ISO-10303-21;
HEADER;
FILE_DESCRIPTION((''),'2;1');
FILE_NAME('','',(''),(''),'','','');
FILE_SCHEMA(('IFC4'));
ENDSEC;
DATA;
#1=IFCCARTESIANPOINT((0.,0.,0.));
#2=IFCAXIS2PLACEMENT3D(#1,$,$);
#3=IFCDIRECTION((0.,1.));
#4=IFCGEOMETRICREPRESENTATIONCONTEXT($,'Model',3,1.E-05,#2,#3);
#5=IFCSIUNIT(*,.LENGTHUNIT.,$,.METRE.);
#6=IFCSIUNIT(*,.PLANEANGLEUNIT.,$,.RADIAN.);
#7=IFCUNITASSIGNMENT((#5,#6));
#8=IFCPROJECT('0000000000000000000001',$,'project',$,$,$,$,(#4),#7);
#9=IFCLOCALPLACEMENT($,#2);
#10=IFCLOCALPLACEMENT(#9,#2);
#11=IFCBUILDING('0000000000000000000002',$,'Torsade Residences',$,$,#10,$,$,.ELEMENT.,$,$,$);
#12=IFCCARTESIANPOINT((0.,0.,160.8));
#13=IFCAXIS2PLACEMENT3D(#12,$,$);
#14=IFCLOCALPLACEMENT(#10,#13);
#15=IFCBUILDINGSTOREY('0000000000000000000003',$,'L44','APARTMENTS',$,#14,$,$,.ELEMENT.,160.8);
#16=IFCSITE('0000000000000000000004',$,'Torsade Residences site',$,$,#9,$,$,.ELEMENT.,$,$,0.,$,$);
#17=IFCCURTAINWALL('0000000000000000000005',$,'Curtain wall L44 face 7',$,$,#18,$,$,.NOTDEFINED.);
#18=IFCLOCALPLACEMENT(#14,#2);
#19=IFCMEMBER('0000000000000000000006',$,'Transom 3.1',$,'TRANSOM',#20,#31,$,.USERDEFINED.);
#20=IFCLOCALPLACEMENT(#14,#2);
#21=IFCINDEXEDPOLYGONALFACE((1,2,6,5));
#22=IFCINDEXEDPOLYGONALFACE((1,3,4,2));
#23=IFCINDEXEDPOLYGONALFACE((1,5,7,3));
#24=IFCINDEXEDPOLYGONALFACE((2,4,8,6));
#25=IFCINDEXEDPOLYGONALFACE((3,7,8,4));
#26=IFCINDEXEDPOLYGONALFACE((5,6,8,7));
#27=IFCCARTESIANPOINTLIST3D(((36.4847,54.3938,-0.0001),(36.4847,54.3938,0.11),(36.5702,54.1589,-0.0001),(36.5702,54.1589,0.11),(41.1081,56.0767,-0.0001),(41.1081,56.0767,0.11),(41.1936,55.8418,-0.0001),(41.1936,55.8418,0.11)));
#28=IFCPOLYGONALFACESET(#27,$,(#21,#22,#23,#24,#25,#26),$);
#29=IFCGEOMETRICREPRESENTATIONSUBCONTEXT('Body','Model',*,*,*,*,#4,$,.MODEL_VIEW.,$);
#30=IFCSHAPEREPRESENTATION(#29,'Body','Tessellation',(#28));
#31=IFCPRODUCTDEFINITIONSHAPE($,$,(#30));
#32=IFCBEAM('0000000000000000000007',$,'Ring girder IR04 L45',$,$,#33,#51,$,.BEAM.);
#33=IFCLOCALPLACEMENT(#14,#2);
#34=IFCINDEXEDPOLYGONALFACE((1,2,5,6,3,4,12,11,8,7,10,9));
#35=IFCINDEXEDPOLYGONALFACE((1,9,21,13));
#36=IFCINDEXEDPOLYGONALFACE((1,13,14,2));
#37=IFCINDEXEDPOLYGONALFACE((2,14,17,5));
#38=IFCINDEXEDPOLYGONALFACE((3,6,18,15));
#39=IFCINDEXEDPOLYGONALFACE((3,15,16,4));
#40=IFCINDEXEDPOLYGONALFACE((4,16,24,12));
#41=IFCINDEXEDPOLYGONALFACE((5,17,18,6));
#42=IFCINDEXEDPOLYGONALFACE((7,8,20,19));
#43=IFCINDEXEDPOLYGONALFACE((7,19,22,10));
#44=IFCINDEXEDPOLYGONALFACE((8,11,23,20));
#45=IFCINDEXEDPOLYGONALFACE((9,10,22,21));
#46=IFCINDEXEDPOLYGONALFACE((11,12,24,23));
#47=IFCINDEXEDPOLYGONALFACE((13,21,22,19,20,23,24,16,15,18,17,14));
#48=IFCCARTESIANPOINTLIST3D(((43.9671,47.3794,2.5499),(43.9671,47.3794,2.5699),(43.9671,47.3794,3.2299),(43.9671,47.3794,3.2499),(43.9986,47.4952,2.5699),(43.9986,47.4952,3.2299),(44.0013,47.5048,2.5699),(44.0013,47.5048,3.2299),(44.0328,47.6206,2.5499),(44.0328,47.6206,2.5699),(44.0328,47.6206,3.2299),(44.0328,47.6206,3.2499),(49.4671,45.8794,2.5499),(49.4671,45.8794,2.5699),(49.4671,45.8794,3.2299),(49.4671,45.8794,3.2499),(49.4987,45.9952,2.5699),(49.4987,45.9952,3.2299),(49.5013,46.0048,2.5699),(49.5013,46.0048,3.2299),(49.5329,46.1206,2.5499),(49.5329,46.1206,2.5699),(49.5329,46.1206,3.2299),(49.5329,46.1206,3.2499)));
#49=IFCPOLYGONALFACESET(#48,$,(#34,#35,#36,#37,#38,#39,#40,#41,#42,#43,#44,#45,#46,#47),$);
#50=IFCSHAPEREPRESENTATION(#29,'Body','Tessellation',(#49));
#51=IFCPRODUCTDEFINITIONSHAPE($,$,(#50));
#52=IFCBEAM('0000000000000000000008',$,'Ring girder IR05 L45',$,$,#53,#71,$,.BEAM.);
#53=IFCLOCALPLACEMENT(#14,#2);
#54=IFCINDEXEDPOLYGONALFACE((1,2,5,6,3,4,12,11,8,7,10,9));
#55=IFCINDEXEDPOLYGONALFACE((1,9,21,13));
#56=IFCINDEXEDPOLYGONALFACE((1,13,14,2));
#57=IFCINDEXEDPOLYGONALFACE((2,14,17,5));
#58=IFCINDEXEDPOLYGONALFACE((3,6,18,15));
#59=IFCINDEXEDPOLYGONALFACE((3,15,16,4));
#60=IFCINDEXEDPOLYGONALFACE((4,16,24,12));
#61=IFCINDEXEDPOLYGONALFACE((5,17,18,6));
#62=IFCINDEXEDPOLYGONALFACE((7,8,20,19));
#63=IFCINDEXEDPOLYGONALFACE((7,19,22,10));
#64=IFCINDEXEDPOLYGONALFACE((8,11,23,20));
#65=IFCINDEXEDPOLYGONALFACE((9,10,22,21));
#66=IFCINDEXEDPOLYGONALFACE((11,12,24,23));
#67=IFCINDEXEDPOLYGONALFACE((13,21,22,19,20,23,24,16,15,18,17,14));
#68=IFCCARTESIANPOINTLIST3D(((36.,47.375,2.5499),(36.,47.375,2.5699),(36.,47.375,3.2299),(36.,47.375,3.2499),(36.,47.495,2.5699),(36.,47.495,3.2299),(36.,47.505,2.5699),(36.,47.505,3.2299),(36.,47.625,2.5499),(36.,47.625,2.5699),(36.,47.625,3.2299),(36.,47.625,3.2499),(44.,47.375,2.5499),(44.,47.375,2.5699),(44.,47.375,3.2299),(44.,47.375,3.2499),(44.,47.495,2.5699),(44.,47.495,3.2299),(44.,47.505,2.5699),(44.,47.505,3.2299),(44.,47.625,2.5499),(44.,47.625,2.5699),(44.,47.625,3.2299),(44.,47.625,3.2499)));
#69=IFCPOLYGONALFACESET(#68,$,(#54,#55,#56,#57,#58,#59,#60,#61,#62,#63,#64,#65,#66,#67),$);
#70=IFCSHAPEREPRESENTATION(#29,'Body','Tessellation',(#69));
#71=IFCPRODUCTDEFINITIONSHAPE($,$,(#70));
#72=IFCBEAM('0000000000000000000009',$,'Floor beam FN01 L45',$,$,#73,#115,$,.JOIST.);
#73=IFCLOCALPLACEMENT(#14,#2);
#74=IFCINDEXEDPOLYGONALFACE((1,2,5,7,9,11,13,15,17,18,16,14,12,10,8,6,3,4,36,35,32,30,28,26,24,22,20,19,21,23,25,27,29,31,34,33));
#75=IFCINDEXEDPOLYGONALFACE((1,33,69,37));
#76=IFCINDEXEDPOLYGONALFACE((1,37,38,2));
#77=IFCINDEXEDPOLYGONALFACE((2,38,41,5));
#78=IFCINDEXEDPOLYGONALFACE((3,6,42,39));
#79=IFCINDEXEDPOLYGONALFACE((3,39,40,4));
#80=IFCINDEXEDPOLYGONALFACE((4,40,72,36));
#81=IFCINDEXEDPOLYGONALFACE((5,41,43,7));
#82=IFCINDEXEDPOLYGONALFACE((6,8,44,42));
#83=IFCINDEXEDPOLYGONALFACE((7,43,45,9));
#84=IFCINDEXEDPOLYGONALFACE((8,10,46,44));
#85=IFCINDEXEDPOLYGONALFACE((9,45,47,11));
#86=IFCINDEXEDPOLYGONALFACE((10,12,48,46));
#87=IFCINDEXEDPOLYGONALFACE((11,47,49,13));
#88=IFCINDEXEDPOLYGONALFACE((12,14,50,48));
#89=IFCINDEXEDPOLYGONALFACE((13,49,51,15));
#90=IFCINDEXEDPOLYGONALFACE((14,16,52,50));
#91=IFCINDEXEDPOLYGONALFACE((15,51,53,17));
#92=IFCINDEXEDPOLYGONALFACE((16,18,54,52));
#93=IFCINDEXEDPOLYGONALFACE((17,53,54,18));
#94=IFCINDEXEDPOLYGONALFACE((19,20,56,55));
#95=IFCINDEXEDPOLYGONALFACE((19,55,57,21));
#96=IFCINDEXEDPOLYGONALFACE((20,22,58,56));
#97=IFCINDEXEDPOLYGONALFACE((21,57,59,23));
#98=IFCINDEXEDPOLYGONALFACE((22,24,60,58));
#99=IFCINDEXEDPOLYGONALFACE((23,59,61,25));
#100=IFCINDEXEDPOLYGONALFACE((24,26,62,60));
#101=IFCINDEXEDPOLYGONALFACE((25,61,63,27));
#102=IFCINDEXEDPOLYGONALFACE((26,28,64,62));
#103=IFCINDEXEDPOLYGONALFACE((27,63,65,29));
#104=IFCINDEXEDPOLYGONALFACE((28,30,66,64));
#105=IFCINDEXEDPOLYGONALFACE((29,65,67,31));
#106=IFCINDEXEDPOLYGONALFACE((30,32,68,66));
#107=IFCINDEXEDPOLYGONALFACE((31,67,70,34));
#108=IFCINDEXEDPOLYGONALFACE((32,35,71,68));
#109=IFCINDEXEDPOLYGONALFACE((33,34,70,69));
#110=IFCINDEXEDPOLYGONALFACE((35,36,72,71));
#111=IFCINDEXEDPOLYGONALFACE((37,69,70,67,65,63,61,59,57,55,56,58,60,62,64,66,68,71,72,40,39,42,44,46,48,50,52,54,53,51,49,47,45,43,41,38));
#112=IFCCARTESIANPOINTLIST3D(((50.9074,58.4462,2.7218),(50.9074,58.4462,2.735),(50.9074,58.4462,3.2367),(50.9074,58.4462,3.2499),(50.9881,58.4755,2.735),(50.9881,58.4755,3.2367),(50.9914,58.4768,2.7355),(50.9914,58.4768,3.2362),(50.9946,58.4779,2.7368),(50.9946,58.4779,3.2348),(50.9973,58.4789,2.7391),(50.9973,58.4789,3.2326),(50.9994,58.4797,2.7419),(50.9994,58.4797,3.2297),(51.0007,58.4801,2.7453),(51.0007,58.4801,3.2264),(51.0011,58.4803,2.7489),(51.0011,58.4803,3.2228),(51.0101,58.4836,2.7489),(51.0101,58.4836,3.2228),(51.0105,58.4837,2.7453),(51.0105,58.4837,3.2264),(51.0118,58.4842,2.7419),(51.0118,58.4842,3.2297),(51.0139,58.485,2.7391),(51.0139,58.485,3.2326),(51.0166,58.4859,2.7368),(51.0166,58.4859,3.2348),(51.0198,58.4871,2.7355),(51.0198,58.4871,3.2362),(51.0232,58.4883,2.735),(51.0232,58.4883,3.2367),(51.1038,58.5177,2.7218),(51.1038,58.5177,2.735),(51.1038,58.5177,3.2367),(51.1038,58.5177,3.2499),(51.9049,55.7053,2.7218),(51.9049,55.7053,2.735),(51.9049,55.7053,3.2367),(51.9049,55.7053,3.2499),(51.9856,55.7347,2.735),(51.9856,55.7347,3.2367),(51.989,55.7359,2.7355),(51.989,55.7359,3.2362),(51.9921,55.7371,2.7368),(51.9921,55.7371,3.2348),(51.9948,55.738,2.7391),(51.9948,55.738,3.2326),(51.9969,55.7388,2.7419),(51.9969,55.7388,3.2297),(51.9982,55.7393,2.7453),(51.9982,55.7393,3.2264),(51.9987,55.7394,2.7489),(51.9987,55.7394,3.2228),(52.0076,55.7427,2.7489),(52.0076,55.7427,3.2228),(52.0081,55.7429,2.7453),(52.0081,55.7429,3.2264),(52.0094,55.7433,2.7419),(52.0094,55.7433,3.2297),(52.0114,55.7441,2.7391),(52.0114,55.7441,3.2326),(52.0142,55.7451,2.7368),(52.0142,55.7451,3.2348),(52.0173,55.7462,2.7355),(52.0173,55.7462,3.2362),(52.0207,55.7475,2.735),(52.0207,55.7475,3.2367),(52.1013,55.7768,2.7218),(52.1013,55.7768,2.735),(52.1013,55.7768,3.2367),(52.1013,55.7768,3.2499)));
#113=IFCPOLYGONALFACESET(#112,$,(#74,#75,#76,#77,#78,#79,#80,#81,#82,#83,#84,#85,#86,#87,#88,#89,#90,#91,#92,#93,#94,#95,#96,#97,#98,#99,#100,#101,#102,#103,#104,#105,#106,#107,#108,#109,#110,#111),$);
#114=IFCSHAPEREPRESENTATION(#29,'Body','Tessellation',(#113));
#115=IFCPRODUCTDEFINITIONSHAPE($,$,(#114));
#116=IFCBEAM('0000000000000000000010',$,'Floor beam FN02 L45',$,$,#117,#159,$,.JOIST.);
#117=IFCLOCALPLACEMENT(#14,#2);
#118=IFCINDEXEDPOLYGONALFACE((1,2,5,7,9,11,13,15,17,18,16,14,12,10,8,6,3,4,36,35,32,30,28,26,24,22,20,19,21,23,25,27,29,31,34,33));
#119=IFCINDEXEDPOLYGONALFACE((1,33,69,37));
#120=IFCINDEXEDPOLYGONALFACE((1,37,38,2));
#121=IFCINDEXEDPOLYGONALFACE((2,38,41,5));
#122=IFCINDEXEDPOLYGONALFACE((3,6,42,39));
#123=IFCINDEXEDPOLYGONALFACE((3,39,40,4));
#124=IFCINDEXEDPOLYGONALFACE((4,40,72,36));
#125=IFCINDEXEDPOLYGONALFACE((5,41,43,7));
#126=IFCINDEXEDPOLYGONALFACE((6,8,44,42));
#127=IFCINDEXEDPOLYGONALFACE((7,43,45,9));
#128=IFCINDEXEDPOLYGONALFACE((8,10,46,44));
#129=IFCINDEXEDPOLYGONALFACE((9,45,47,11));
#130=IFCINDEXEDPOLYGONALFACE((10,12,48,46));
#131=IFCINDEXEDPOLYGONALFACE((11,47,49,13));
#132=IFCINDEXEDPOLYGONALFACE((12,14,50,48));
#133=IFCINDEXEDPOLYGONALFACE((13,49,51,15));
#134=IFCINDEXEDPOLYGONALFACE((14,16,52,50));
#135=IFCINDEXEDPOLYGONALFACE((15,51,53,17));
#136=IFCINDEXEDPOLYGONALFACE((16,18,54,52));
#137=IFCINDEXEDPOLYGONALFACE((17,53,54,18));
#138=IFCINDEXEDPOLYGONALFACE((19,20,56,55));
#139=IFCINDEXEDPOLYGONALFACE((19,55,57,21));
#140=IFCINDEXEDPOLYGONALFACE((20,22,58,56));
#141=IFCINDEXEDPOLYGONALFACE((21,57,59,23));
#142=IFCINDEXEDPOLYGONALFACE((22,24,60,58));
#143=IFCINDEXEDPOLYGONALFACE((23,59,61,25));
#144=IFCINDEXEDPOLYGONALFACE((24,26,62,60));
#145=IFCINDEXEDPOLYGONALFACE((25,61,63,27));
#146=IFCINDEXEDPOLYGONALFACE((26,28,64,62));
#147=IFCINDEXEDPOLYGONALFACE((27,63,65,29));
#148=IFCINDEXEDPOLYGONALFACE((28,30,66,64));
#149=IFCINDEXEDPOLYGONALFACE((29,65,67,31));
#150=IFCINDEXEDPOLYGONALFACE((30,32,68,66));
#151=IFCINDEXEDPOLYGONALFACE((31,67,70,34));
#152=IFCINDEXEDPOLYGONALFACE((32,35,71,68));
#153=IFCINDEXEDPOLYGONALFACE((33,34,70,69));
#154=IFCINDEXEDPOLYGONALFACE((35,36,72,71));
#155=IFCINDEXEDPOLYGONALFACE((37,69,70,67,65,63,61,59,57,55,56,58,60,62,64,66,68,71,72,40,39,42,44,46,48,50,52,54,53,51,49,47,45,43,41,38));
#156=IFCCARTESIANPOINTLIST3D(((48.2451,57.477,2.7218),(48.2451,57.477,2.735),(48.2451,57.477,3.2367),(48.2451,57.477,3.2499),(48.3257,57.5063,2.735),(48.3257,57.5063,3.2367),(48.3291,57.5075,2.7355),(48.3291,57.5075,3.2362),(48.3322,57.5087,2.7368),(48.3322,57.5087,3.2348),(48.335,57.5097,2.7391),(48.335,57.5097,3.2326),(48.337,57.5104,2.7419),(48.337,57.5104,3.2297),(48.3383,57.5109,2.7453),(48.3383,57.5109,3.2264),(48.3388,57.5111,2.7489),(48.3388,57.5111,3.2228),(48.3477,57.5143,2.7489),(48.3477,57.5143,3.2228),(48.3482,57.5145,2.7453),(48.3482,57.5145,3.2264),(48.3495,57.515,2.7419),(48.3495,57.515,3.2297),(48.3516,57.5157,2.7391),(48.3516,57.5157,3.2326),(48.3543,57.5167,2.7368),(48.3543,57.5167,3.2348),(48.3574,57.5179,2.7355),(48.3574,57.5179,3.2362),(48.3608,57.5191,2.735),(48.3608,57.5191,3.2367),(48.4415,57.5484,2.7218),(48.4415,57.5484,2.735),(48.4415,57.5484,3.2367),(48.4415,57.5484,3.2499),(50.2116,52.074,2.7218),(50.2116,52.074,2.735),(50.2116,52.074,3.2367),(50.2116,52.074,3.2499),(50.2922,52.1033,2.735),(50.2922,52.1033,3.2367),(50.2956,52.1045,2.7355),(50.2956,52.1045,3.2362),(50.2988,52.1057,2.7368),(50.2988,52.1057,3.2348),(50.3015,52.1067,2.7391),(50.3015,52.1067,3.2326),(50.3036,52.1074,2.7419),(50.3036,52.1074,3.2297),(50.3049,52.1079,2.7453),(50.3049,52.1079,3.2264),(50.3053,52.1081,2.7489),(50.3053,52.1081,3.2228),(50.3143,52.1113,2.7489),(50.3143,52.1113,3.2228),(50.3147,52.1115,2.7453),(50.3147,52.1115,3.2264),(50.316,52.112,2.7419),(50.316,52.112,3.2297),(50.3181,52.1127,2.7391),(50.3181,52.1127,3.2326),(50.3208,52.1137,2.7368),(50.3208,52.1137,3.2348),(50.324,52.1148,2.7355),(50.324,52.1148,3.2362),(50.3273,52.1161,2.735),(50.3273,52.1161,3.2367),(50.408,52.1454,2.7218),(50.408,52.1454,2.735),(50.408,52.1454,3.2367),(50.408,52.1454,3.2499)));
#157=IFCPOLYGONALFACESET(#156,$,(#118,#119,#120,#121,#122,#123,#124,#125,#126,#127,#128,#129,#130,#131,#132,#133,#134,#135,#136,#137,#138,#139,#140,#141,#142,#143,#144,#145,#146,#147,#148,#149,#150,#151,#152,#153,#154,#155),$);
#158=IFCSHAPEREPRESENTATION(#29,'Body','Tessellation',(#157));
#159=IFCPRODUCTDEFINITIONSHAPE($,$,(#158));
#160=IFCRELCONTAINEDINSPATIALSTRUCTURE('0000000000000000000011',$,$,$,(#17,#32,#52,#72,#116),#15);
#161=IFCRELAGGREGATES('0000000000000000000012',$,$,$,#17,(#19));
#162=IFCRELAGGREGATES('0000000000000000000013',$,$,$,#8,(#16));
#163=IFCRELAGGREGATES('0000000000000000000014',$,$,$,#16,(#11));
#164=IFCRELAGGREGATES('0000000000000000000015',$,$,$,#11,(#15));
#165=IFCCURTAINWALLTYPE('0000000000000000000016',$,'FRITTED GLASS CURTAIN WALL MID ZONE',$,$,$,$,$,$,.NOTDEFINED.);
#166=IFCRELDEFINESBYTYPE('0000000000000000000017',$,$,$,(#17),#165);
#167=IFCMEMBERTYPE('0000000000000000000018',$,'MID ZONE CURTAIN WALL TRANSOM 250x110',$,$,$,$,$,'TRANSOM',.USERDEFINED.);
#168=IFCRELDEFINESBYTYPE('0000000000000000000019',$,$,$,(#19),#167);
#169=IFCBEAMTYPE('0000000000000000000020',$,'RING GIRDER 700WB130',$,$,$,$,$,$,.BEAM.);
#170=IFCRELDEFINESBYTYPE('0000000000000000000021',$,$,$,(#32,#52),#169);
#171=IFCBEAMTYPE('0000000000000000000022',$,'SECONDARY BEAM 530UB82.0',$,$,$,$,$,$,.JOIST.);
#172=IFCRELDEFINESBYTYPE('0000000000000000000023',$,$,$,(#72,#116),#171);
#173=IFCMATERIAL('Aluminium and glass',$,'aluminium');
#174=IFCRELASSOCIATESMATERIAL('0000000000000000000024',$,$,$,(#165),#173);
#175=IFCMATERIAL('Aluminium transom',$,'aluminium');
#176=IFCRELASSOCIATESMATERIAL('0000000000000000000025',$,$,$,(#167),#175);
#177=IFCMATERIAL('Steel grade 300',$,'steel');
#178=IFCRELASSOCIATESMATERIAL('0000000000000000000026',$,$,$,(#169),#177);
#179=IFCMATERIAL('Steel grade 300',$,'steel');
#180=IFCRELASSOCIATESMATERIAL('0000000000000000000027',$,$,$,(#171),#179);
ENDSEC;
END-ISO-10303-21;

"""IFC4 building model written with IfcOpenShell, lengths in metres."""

from ifc_helpers import new_model, si_unit, direction, frame, origin, origin_2d, place, context, subcontext, project, spatial, rectangle, i_section, extrude, material, material_profile, profile_set, type_object, element, aggregate, save


model = new_model("IFC4")

# Units and contexts
model_context = context("Model", 3, precision=1e-05, world=origin(), true_north=direction((0.0, 1.0)))
body_context = subcontext(model_context, "Body", "Model", "MODEL_VIEW")
ifc_project = project(units=[si_unit("LENGTHUNIT", "METRE"), si_unit("PLANEANGLEUNIT", "RADIAN")], contexts=[model_context])

# Site, building, storey
site_placement = place(None, origin())
site = spatial("IfcSite", under=ifc_project, at=site_placement, Name="Torsade Residences site", CompositionType="ELEMENT", RefElevation=0.0)
building_placement = place(site_placement, origin())
building = spatial("IfcBuilding", under=site, at=building_placement, Name="Torsade Residences", CompositionType="ELEMENT")
storey_placement = place(building_placement, frame((0.0, 0.0, 160.8)))
storey = spatial("IfcBuildingStorey", under=building, at=storey_placement, Name="L44", Description="APARTMENTS", CompositionType="ELEMENT", Elevation=160.8)

# Curtain wall, member
ifc_material_1 = material(Name="Aluminium and glass", Category="aluminium")
curtain_wall_type = type_object("IfcCurtainWallType", Name="FRITTED GLASS CURTAIN WALL MID ZONE", PredefinedType="NOTDEFINED", material=ifc_material_1)
curtain_wall_placement = place(storey_placement, origin())
curtain_wall = element("IfcCurtainWall", 1, at=curtain_wall_placement, inside=storey, type_object=curtain_wall_type, Name="Curtain wall L44 face 7", PredefinedType="NOTDEFINED")
ifc_material_2 = material(Name="Aluminium transom", Category="aluminium")
ifc_material_profile_1 = material_profile(ifc_material_2, rectangle(XDim=0.25, YDim=0.1101, at=origin_2d()), Name="MID ZONE CURTAIN WALL TRANSOM 250x110")
ifc_profile_set_1 = profile_set([ifc_material_profile_1], Name="Aluminium transom")
member_type_1 = type_object("IfcMemberType", Name="MID ZONE CURTAIN WALL TRANSOM 250x110", ElementType="TRANSOM", PredefinedType="USERDEFINED", material=ifc_profile_set_1)
member_1_placement = place(storey_placement, frame((41.1509, 55.9592, 0.0549), z_axis=(-0.939685, -0.342042, 0.0), x_axis=(0.342042, -0.939685, 0.0)))
member_1 = element("IfcMember", 2, at=member_1_placement, type_object=member_type_1, Name="Transom 3.1", ObjectType="TRANSOM", PredefinedType="USERDEFINED", context=body_context, shape_type="SweptSolid", body=[
    extrude(rectangle(XDim=0.25, YDim=0.1101, at=origin_2d()), origin(), (0.0, 0.0, 1.0), 4.9202),
])

# Beams
ifc_material_3 = material(Name="Steel grade 300", Category="steel")
ifc_material_profile_2 = material_profile(ifc_material_3, i_section(OverallWidth=0.25, OverallDepth=0.7, WebThickness=0.01, FlangeThickness=0.02, at=origin_2d()), Name="700WB130")
ifc_profile_set_2 = profile_set([ifc_material_profile_2], Name="Steel grade 300")
beam_type_1 = type_object("IfcBeamType", Name="RING GIRDER 700WB130", PredefinedType="BEAM", material=ifc_profile_set_2)
beam_1_placement = place(storey_placement, frame((49.5, 46.0, 2.8999), z_axis=(-0.964764, 0.263117, 0.0), x_axis=(-0.263117, -0.964764, 0.0)))
element("IfcBeam", 3, at=beam_1_placement, inside=storey, type_object=beam_type_1, Name="Ring girder IR04 L45", PredefinedType="BEAM", context=body_context, shape_type="SweptSolid", body=[
    extrude(i_section(OverallWidth=0.25, OverallDepth=0.7, WebThickness=0.01, FlangeThickness=0.02, at=origin_2d()), origin(), (0.0, 0.0, 1.0), 5.7009),
])
beam_2_placement = place(storey_placement, frame((44.0, 47.5, 2.8999), z_axis=(-1.0, 0.0, 0.0), x_axis=(0.0, -1.0, 0.0)))
element("IfcBeam", 4, at=beam_2_placement, inside=storey, type_object=beam_type_1, Name="Ring girder IR05 L45", PredefinedType="BEAM", context=body_context, shape_type="SweptSolid", body=[
    extrude(i_section(OverallWidth=0.25, OverallDepth=0.7, WebThickness=0.01, FlangeThickness=0.02, at=origin_2d()), origin(), (0.0, 0.0, 1.0), 8.0),
])
ifc_material_4 = material(Name="Steel grade 300", Category="steel")
ifc_material_profile_3 = material_profile(ifc_material_4, i_section(OverallWidth=0.209, OverallDepth=0.5281, WebThickness=0.0095, FlangeThickness=0.0132, FilletRadius=0.0139, at=origin_2d()), Name="530UB82.0")
ifc_profile_set_3 = profile_set([ifc_material_profile_3], Name="Steel grade 300")
beam_type_2 = type_object("IfcBeamType", Name="SECONDARY BEAM 530UB82.0", PredefinedType="JOIST", material=ifc_profile_set_3)
beam_3_placement = place(storey_placement, frame((51.0056, 58.4819, 2.9858), z_axis=(0.341998, -0.939701, 0.0), x_axis=(0.939701, 0.341998, 0.0)))
element("IfcBeam", 5, at=beam_3_placement, inside=storey, type_object=beam_type_2, Name="Floor beam FN01 L45", PredefinedType="JOIST", context=body_context, shape_type="SweptSolid", body=[
    extrude(i_section(OverallWidth=0.209, OverallDepth=0.5281, WebThickness=0.0095, FlangeThickness=0.0132, FilletRadius=0.0139, at=origin_2d()), origin(), (0.0, 0.0, 1.0), 2.9167),
])
beam_4_placement = place(storey_placement, frame((48.3433, 57.5127, 2.9858), z_axis=(0.342019, -0.939693, 0.0), x_axis=(0.939693, 0.342019, 0.0)))
element("IfcBeam", 6, at=beam_4_placement, inside=storey, type_object=beam_type_2, Name="Floor beam FN02 L45", PredefinedType="JOIST", context=body_context, shape_type="SweptSolid", body=[
    extrude(i_section(OverallWidth=0.209, OverallDepth=0.5281, WebThickness=0.0095, FlangeThickness=0.0132, FilletRadius=0.0139, at=origin_2d()), origin(), (0.0, 0.0, 1.0), 5.7498),
])

aggregate(curtain_wall, [member_1])

save(model, "model.ifc")
